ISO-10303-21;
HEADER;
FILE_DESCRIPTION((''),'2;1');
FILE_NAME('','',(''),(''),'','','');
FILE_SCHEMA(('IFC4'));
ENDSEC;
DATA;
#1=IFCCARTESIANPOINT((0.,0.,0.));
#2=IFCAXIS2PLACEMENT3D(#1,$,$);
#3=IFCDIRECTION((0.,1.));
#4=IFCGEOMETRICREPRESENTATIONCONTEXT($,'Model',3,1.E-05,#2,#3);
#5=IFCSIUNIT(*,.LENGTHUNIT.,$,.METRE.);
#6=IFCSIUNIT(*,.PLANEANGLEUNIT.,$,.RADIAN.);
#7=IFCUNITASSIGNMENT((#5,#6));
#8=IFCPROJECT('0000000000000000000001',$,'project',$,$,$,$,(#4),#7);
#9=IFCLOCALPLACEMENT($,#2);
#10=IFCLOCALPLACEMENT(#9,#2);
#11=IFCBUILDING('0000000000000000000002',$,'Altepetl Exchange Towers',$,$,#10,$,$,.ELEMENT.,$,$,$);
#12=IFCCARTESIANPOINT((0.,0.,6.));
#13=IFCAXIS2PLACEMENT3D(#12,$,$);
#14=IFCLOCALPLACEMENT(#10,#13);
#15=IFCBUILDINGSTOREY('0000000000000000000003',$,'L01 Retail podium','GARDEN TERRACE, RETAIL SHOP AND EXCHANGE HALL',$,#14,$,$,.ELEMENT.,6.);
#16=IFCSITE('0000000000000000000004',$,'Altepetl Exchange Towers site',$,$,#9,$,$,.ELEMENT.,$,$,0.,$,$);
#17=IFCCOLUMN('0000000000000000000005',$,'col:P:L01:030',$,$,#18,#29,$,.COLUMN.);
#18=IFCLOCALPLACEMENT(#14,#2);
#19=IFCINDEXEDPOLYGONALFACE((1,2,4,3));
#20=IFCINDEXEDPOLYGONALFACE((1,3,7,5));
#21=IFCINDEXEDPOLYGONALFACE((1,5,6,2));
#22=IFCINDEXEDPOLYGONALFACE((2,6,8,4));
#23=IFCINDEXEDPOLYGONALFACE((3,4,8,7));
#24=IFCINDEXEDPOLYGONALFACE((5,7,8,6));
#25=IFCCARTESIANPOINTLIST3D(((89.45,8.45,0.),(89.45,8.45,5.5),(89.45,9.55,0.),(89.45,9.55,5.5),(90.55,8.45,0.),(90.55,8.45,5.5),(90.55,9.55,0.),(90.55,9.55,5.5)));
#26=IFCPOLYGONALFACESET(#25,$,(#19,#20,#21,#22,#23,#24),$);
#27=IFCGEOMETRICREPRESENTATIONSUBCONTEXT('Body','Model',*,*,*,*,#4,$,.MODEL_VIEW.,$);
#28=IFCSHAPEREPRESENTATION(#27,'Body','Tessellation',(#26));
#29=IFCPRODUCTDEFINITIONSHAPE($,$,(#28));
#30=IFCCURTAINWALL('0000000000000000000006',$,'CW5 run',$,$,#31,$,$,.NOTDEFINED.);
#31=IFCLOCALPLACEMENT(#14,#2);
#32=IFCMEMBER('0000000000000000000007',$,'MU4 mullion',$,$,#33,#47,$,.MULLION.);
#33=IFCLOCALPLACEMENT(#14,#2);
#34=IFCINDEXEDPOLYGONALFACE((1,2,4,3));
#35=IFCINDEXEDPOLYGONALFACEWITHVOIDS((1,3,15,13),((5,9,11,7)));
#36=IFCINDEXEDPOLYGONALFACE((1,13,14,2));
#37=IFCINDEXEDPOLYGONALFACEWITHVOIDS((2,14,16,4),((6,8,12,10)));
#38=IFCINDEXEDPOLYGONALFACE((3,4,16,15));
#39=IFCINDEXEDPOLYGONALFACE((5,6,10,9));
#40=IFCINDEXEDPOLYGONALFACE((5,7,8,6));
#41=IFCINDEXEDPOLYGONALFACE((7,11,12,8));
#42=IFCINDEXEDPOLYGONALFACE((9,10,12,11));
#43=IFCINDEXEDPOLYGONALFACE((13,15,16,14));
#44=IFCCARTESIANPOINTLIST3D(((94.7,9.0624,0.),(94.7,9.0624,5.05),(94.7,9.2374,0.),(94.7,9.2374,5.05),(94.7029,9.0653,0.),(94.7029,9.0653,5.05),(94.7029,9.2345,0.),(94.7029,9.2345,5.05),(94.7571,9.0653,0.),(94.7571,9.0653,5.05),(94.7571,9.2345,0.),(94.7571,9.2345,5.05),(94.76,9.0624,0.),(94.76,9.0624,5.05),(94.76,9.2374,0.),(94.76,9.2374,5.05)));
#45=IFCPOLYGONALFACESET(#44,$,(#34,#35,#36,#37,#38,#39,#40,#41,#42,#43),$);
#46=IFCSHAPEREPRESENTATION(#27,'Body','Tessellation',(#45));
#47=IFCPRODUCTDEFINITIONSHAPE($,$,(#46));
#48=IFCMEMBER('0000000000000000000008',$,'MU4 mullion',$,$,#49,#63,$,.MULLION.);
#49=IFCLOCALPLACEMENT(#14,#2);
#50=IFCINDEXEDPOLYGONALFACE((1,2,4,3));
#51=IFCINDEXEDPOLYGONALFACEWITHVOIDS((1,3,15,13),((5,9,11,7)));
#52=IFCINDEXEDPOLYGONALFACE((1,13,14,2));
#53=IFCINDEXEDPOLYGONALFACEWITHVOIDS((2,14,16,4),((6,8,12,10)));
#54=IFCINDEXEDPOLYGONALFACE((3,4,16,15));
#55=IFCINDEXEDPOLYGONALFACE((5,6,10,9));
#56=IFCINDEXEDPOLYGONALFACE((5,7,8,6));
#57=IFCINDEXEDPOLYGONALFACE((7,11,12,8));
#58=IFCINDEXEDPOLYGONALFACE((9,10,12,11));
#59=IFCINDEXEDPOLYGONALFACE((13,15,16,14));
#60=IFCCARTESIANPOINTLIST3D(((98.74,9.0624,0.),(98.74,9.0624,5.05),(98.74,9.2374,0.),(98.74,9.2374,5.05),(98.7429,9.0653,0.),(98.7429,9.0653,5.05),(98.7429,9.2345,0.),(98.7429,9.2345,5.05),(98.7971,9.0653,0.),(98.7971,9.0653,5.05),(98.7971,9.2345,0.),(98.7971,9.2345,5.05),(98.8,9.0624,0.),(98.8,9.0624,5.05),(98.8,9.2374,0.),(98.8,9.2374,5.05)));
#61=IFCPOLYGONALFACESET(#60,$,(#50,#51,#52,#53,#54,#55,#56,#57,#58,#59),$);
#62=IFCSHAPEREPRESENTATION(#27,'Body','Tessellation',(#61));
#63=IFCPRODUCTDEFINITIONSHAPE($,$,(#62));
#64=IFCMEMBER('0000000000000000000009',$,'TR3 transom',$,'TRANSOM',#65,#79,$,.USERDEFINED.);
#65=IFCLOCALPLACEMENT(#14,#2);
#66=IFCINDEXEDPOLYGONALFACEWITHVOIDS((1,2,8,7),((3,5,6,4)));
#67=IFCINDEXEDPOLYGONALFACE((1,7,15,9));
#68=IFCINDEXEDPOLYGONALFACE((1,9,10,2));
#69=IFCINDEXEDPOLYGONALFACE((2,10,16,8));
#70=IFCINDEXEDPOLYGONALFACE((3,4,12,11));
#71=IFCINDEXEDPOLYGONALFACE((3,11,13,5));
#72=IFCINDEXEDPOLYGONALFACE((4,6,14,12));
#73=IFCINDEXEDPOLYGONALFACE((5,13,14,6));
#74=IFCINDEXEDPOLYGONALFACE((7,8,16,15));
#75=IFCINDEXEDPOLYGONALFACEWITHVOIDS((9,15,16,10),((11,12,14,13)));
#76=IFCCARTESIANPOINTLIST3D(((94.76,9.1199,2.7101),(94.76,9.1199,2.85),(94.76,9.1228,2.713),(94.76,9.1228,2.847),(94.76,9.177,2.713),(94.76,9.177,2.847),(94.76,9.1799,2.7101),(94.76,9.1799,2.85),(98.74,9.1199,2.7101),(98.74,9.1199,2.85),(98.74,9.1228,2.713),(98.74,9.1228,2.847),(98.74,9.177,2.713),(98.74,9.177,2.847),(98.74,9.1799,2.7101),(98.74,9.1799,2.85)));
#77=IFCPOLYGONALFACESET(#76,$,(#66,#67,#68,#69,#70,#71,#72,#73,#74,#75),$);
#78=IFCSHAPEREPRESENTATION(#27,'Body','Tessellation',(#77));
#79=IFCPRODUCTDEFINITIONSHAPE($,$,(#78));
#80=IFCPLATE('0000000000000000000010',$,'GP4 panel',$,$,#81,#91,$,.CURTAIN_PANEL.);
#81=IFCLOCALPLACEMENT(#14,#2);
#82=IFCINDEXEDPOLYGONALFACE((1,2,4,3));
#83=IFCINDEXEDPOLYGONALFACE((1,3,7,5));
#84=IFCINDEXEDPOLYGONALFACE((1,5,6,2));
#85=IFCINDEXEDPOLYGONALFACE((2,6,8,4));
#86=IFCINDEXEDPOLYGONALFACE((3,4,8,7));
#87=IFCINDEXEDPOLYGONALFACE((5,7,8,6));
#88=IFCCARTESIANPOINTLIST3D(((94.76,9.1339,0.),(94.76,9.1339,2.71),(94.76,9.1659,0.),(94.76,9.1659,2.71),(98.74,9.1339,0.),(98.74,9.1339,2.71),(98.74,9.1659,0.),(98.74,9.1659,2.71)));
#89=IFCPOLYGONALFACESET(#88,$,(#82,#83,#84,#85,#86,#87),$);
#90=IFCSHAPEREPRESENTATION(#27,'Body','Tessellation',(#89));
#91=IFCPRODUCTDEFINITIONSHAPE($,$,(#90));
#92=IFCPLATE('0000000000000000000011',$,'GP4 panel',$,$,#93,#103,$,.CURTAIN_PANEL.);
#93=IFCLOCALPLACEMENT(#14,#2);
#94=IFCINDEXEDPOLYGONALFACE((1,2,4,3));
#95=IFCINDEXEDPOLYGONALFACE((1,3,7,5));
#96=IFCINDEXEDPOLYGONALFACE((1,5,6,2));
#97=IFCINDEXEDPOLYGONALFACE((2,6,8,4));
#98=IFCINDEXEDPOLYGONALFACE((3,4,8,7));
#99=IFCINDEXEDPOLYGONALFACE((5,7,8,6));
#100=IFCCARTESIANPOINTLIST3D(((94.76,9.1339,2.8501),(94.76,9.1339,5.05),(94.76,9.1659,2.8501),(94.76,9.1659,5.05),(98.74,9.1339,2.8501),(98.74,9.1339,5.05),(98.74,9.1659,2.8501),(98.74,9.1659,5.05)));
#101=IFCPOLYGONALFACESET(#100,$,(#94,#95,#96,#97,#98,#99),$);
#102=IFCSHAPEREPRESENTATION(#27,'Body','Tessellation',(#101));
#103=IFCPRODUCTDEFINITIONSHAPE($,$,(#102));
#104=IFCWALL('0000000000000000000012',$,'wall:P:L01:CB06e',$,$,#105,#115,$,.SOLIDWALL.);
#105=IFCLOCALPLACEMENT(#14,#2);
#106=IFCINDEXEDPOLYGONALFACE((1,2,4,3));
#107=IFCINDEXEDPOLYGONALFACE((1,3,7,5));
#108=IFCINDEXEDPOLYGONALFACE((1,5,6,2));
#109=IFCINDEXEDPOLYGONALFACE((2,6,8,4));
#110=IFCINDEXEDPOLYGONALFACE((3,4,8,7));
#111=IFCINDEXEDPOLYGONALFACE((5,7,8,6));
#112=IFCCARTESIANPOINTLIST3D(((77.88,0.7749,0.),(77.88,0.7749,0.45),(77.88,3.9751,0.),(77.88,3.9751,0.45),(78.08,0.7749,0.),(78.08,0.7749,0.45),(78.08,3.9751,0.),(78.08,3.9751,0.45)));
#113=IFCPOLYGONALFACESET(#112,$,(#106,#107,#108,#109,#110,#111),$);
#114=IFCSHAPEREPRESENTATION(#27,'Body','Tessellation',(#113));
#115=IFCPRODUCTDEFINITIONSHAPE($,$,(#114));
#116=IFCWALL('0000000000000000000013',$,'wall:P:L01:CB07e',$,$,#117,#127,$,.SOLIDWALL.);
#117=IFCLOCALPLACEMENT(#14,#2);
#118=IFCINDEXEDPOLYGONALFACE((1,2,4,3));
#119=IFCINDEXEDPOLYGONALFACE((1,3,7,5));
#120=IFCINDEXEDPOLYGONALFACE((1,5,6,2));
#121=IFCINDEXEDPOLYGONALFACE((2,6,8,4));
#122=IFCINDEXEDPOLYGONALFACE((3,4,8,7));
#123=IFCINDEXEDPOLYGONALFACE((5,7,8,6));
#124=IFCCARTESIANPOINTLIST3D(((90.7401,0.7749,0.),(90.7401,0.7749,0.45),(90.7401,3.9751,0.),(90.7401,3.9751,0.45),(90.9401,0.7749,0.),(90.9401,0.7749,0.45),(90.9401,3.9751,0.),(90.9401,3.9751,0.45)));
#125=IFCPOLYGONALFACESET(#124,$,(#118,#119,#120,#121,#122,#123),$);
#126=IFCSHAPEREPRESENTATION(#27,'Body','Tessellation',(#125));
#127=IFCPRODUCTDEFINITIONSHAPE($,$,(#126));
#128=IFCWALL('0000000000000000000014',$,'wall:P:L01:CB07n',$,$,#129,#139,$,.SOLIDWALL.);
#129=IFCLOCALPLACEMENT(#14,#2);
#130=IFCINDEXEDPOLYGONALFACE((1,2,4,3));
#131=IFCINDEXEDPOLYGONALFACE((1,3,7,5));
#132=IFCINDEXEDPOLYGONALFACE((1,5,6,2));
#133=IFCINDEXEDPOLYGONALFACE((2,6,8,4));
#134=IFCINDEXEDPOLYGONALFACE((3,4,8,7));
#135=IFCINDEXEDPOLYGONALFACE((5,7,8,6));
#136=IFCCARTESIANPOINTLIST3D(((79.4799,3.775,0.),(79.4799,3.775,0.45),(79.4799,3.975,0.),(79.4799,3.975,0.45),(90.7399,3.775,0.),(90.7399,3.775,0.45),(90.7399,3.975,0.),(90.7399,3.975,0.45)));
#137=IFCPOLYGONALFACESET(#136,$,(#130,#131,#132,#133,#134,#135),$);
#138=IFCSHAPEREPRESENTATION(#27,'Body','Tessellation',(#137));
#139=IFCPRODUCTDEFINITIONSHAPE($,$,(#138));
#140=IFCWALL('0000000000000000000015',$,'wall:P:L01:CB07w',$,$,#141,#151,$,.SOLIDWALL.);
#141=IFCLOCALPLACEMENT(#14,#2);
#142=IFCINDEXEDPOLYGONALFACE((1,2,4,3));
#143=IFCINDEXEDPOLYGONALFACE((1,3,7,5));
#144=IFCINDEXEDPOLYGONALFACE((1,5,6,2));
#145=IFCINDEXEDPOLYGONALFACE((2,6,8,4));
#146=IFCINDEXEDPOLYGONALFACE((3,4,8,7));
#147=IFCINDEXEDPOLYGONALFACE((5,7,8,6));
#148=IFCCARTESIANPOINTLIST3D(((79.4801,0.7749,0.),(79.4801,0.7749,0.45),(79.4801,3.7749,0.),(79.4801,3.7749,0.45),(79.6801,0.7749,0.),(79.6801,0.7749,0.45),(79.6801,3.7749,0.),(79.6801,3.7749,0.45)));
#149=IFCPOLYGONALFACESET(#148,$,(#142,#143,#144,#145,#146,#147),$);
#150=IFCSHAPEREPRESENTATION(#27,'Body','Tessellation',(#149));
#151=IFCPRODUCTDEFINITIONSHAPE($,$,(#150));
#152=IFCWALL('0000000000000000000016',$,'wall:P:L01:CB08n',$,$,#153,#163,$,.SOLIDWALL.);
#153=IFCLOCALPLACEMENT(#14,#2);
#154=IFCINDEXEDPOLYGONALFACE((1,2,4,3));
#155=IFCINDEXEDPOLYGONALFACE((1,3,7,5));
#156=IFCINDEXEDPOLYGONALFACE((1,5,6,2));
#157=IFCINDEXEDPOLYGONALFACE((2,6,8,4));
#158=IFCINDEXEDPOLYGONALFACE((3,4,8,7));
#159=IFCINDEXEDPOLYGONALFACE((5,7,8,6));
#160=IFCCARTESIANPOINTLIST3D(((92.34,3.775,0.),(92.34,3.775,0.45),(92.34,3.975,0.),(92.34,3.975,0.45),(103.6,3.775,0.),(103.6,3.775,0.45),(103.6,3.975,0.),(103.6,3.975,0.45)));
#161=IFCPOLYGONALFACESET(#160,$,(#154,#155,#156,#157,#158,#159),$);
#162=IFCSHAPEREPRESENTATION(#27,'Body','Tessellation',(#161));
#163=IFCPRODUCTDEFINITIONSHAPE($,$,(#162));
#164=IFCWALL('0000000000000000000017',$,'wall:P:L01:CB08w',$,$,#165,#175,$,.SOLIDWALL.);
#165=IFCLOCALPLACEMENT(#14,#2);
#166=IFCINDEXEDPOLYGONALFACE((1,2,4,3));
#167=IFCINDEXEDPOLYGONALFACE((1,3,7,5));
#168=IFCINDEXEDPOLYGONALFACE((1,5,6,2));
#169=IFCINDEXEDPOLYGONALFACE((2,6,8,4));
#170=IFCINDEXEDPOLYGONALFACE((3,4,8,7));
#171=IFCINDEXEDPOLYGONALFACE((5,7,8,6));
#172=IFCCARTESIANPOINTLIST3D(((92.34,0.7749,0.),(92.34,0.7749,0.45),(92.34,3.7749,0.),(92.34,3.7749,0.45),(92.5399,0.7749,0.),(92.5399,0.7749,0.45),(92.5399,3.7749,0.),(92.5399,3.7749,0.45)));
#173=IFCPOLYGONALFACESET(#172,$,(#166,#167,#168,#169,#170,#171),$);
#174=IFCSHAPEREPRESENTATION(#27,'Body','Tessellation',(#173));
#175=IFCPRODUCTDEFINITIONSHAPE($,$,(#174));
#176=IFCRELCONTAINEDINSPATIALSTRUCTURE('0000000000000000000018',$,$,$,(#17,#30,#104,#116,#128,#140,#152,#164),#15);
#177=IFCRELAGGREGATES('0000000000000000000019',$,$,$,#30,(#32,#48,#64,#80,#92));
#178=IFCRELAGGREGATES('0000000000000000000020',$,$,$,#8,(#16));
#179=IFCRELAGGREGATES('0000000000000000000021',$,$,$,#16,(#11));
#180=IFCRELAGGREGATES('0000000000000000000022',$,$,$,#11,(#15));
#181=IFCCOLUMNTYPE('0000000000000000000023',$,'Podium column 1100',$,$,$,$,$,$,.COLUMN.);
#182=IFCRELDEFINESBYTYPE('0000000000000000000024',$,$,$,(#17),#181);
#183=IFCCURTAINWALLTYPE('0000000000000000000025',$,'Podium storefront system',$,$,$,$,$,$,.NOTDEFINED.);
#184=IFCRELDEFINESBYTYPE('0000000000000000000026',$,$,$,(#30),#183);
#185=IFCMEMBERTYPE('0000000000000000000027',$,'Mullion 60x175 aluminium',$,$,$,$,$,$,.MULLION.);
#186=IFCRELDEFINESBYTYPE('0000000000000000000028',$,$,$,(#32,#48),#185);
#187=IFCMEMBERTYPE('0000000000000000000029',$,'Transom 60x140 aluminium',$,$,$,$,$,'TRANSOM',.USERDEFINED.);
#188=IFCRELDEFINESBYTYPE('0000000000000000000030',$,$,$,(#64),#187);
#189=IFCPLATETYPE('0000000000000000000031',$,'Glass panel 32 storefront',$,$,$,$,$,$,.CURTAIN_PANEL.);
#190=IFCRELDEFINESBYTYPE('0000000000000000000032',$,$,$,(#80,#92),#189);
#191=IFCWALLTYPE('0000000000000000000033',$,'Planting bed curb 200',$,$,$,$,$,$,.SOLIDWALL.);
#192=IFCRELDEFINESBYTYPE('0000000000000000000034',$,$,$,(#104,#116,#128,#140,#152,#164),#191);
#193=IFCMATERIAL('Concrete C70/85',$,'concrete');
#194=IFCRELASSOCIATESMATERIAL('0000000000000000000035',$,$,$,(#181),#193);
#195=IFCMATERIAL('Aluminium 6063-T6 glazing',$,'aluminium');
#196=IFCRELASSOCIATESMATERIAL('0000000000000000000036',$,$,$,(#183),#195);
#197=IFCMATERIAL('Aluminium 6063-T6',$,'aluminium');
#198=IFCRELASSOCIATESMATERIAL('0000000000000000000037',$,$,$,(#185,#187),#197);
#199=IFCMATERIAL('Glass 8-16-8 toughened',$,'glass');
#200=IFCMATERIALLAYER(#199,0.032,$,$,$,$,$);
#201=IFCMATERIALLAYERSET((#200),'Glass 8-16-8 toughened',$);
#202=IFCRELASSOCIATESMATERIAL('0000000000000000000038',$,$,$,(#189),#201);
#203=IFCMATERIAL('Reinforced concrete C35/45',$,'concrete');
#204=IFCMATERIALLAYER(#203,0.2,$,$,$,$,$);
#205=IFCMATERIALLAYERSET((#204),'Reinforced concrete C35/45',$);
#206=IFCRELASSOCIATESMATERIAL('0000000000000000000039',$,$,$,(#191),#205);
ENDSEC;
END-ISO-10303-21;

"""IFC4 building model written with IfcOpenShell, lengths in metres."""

from ifc_helpers import new_model, si_unit, direction, frame, frame_2d, origin, origin_2d, place, context, subcontext, project, spatial, rectangle, hollow_rectangle, extrude, material, layer, layer_set, material_profile, profile_set, type_object, element, aggregate, save


model = new_model("IFC4")

# Units and contexts
model_context = context("Model", 3, precision=1e-05, world=origin(), true_north=direction((0.0, 1.0)))
body_context = subcontext(model_context, "Body", "Model", "MODEL_VIEW")
ifc_project = project(units=[si_unit("LENGTHUNIT", "METRE"), si_unit("PLANEANGLEUNIT", "RADIAN")], contexts=[model_context])

# Site, building, storey
site_placement = place(None, origin())
site = spatial("IfcSite", under=ifc_project, at=site_placement, Name="Altepetl Exchange Towers site", CompositionType="ELEMENT", RefElevation=0.0)
building_placement = place(site_placement, origin())
building = spatial("IfcBuilding", under=site, at=building_placement, Name="Altepetl Exchange Towers", CompositionType="ELEMENT")
storey_placement = place(building_placement, frame((0.0, 0.0, 6.0)))
storey = spatial("IfcBuildingStorey", under=building, at=storey_placement, Name="L01 Retail podium", Description="GARDEN TERRACE, RETAIL SHOP AND EXCHANGE HALL", CompositionType="ELEMENT", Elevation=6.0)

# Column
ifc_material_1 = material(Name="Concrete C70/85", Category="concrete")
ifc_material_profile_1 = material_profile(ifc_material_1, rectangle(XDim=1.1001, YDim=1.1001, at=origin_2d()), Name="1100 x 1100")
ifc_profile_set_1 = profile_set([ifc_material_profile_1], Name="Concrete C70/85")
column_type = type_object("IfcColumnType", Name="Podium column 1100", PredefinedType="COLUMN", material=ifc_profile_set_1)
column_placement = place(storey_placement, frame((90.0, 9.0, 0.0)))
element("IfcColumn", 1, at=column_placement, inside=storey, type_object=column_type, Name="col:P:L01:030", PredefinedType="COLUMN", context=body_context, shape_type="SweptSolid", body=[
    extrude(rectangle(XDim=1.1001, YDim=1.1001, at=origin_2d()), origin(), (0.0, 0.0, 1.0), 5.5),
])

# Curtain wall, members, plates
ifc_material_2 = material(Name="Aluminium 6063-T6 glazing", Category="aluminium")
curtain_wall_type = type_object("IfcCurtainWallType", Name="Podium storefront system", PredefinedType="NOTDEFINED", material=ifc_material_2)
curtain_wall_placement = place(storey_placement, origin())
curtain_wall = element("IfcCurtainWall", 2, at=curtain_wall_placement, inside=storey, type_object=curtain_wall_type, Name="CW5 run", PredefinedType="NOTDEFINED")
ifc_material_3 = material(Name="Aluminium 6063-T6", Category="aluminium")
ifc_material_profile_2 = material_profile(ifc_material_3, hollow_rectangle(XDim=0.0601, YDim=0.175, WallThickness=0.0029, at=origin_2d()), Name="Mullion 60x175 aluminium")
ifc_profile_set_2 = profile_set([ifc_material_profile_2], Name="Aluminium 6063-T6")
member_type_1 = type_object("IfcMemberType", Name="Mullion 60x175 aluminium", PredefinedType="MULLION", material=ifc_profile_set_2)
member_1_placement = place(storey_placement, frame((94.73, 9.1499, 0.0)))
member_1 = element("IfcMember", 3, at=member_1_placement, type_object=member_type_1, Name="MU4 mullion", PredefinedType="MULLION", context=body_context, shape_type="SweptSolid", body=[
    extrude(hollow_rectangle(XDim=0.0601, YDim=0.175, WallThickness=0.0029, at=origin_2d()), origin(), (0.0, 0.0, 1.0), 5.05),
])
member_2_placement = place(storey_placement, frame((98.77, 9.1499, 0.0)))
member_2 = element("IfcMember", 4, at=member_2_placement, type_object=member_type_1, Name="MU4 mullion", PredefinedType="MULLION", context=body_context, shape_type="SweptSolid", body=[
    extrude(hollow_rectangle(XDim=0.0601, YDim=0.175, WallThickness=0.0029, at=origin_2d()), origin(), (0.0, 0.0, 1.0), 5.05),
])
ifc_material_profile_3 = material_profile(ifc_material_3, hollow_rectangle(XDim=0.0601, YDim=0.1399, WallThickness=0.0029, at=origin_2d()), Name="Transom 60x140 aluminium")
ifc_profile_set_3 = profile_set([ifc_material_profile_3], Name="Aluminium 6063-T6")
member_type_2 = type_object("IfcMemberType", Name="Transom 60x140 aluminium", ElementType="TRANSOM", PredefinedType="USERDEFINED", material=ifc_profile_set_3)
member_3_placement = place(storey_placement, frame((94.76, 9.1499, 2.78), z_axis=(1.0, 0.0, 0.0), x_axis=(0.0, 1.0, 0.0)))
member_3 = element("IfcMember", 5, at=member_3_placement, type_object=member_type_2, Name="TR3 transom", ObjectType="TRANSOM", PredefinedType="USERDEFINED", context=body_context, shape_type="SweptSolid", body=[
    extrude(hollow_rectangle(XDim=0.0601, YDim=0.1399, WallThickness=0.0029, at=origin_2d()), origin(), (0.0, 0.0, 1.0), 3.98),
])
ifc_material_4 = material(Name="Glass 8-16-8 toughened", Category="glass")
ifc_layer_1 = layer(ifc_material_4, 0.032)
ifc_layer_set_1 = layer_set([ifc_layer_1], Name="Glass 8-16-8 toughened")
plate_type = type_object("IfcPlateType", Name="Glass panel 32 storefront", PredefinedType="CURTAIN_PANEL", material=ifc_layer_set_1)
plate_1_placement = place(storey_placement, frame((96.75, 9.1499, 0.0)))
plate_1 = element("IfcPlate", 6, at=plate_1_placement, type_object=plate_type, Name="GP4 panel", PredefinedType="CURTAIN_PANEL", context=body_context, shape_type="SweptSolid", body=[
    extrude(rectangle(XDim=3.98, YDim=0.032, at=origin_2d()), origin(), (0.0, 0.0, 1.0), 2.71),
])
plate_2_placement = place(storey_placement, frame((96.75, 9.1499, 2.8501)))
plate_2 = element("IfcPlate", 7, at=plate_2_placement, type_object=plate_type, Name="GP4 panel", PredefinedType="CURTAIN_PANEL", context=body_context, shape_type="SweptSolid", body=[
    extrude(rectangle(XDim=3.98, YDim=0.032, at=origin_2d()), origin(), (0.0, 0.0, 1.0), 2.2),
])
aggregate(curtain_wall, [member_1, member_2, member_3, plate_1, plate_2])

# Walls
ifc_material_5 = material(Name="Reinforced concrete C35/45", Category="concrete")
ifc_layer_2 = layer(ifc_material_5, 0.2)
ifc_layer_set_2 = layer_set([ifc_layer_2], Name="Reinforced concrete C35/45")
wall_type_1 = type_object("IfcWallType", Name="Planting bed curb 200", PredefinedType="SOLIDWALL", material=ifc_layer_set_2)
for number, where, z_axis, x_axis, name in (
    (8, (77.98, 0.7749, 0.0), (0.0, 0.0, 1.0), (0.0, 1.0, 0.0), "wall:P:L01:CB06e"),
    (9, (90.8401, 0.7749, 0.0), (0.0, 0.0, 1.0), (0.0, 1.0, 0.0), "wall:P:L01:CB07e"),
):
    element("IfcWall", number, at=place(storey_placement, frame(where, z_axis=z_axis, x_axis=x_axis)), inside=storey, type_object=wall_type_1, Name=name, PredefinedType="SOLIDWALL", context=body_context, shape_type="SweptSolid", body=[
        extrude(rectangle(XDim=3.2002, YDim=0.2, at=frame_2d((1.6001, 0.0))), origin(), (0.0, 0.0, 1.0), 0.45),
    ])
wall_1_placement = place(storey_placement, frame((79.48, 3.875, 0.0)))
element("IfcWall", 10, at=wall_1_placement, inside=storey, type_object=wall_type_1, Name="wall:P:L01:CB07n", PredefinedType="SOLIDWALL", context=body_context, shape_type="SweptSolid", body=[
    extrude(rectangle(XDim=11.26, YDim=0.2, at=frame_2d((5.6299, 0.0))), origin(), (0.0, 0.0, 1.0), 0.45),
])
wall_2_placement = place(storey_placement, frame((79.5801, 0.7749, 0.0), z_axis=(0.0, 0.0, 1.0), x_axis=(0.0, 1.0, 0.0)))
element("IfcWall", 11, at=wall_2_placement, inside=storey, type_object=wall_type_1, Name="wall:P:L01:CB07w", PredefinedType="SOLIDWALL", context=body_context, shape_type="SweptSolid", body=[
    extrude(rectangle(XDim=3.0, YDim=0.2, at=frame_2d((1.5, 0.0))), origin(), (0.0, 0.0, 1.0), 0.45),
])
wall_3_placement = place(storey_placement, frame((92.3401, 3.875, 0.0)))
element("IfcWall", 12, at=wall_3_placement, inside=storey, type_object=wall_type_1, Name="wall:P:L01:CB08n", PredefinedType="SOLIDWALL", context=body_context, shape_type="SweptSolid", body=[
    extrude(rectangle(XDim=11.26, YDim=0.2, at=frame_2d((5.6299, 0.0))), origin(), (0.0, 0.0, 1.0), 0.45),
])
wall_4_placement = place(storey_placement, frame((92.4399, 0.7749, 0.0), z_axis=(0.0, 0.0, 1.0), x_axis=(0.0, 1.0, 0.0)))
element("IfcWall", 13, at=wall_4_placement, inside=storey, type_object=wall_type_1, Name="wall:P:L01:CB08w", PredefinedType="SOLIDWALL", context=body_context, shape_type="SweptSolid", body=[
    extrude(rectangle(XDim=3.0, YDim=0.2, at=frame_2d((1.5, 0.0))), origin(), (0.0, 0.0, 1.0), 0.45),
])

save(model, "model.ifc")
